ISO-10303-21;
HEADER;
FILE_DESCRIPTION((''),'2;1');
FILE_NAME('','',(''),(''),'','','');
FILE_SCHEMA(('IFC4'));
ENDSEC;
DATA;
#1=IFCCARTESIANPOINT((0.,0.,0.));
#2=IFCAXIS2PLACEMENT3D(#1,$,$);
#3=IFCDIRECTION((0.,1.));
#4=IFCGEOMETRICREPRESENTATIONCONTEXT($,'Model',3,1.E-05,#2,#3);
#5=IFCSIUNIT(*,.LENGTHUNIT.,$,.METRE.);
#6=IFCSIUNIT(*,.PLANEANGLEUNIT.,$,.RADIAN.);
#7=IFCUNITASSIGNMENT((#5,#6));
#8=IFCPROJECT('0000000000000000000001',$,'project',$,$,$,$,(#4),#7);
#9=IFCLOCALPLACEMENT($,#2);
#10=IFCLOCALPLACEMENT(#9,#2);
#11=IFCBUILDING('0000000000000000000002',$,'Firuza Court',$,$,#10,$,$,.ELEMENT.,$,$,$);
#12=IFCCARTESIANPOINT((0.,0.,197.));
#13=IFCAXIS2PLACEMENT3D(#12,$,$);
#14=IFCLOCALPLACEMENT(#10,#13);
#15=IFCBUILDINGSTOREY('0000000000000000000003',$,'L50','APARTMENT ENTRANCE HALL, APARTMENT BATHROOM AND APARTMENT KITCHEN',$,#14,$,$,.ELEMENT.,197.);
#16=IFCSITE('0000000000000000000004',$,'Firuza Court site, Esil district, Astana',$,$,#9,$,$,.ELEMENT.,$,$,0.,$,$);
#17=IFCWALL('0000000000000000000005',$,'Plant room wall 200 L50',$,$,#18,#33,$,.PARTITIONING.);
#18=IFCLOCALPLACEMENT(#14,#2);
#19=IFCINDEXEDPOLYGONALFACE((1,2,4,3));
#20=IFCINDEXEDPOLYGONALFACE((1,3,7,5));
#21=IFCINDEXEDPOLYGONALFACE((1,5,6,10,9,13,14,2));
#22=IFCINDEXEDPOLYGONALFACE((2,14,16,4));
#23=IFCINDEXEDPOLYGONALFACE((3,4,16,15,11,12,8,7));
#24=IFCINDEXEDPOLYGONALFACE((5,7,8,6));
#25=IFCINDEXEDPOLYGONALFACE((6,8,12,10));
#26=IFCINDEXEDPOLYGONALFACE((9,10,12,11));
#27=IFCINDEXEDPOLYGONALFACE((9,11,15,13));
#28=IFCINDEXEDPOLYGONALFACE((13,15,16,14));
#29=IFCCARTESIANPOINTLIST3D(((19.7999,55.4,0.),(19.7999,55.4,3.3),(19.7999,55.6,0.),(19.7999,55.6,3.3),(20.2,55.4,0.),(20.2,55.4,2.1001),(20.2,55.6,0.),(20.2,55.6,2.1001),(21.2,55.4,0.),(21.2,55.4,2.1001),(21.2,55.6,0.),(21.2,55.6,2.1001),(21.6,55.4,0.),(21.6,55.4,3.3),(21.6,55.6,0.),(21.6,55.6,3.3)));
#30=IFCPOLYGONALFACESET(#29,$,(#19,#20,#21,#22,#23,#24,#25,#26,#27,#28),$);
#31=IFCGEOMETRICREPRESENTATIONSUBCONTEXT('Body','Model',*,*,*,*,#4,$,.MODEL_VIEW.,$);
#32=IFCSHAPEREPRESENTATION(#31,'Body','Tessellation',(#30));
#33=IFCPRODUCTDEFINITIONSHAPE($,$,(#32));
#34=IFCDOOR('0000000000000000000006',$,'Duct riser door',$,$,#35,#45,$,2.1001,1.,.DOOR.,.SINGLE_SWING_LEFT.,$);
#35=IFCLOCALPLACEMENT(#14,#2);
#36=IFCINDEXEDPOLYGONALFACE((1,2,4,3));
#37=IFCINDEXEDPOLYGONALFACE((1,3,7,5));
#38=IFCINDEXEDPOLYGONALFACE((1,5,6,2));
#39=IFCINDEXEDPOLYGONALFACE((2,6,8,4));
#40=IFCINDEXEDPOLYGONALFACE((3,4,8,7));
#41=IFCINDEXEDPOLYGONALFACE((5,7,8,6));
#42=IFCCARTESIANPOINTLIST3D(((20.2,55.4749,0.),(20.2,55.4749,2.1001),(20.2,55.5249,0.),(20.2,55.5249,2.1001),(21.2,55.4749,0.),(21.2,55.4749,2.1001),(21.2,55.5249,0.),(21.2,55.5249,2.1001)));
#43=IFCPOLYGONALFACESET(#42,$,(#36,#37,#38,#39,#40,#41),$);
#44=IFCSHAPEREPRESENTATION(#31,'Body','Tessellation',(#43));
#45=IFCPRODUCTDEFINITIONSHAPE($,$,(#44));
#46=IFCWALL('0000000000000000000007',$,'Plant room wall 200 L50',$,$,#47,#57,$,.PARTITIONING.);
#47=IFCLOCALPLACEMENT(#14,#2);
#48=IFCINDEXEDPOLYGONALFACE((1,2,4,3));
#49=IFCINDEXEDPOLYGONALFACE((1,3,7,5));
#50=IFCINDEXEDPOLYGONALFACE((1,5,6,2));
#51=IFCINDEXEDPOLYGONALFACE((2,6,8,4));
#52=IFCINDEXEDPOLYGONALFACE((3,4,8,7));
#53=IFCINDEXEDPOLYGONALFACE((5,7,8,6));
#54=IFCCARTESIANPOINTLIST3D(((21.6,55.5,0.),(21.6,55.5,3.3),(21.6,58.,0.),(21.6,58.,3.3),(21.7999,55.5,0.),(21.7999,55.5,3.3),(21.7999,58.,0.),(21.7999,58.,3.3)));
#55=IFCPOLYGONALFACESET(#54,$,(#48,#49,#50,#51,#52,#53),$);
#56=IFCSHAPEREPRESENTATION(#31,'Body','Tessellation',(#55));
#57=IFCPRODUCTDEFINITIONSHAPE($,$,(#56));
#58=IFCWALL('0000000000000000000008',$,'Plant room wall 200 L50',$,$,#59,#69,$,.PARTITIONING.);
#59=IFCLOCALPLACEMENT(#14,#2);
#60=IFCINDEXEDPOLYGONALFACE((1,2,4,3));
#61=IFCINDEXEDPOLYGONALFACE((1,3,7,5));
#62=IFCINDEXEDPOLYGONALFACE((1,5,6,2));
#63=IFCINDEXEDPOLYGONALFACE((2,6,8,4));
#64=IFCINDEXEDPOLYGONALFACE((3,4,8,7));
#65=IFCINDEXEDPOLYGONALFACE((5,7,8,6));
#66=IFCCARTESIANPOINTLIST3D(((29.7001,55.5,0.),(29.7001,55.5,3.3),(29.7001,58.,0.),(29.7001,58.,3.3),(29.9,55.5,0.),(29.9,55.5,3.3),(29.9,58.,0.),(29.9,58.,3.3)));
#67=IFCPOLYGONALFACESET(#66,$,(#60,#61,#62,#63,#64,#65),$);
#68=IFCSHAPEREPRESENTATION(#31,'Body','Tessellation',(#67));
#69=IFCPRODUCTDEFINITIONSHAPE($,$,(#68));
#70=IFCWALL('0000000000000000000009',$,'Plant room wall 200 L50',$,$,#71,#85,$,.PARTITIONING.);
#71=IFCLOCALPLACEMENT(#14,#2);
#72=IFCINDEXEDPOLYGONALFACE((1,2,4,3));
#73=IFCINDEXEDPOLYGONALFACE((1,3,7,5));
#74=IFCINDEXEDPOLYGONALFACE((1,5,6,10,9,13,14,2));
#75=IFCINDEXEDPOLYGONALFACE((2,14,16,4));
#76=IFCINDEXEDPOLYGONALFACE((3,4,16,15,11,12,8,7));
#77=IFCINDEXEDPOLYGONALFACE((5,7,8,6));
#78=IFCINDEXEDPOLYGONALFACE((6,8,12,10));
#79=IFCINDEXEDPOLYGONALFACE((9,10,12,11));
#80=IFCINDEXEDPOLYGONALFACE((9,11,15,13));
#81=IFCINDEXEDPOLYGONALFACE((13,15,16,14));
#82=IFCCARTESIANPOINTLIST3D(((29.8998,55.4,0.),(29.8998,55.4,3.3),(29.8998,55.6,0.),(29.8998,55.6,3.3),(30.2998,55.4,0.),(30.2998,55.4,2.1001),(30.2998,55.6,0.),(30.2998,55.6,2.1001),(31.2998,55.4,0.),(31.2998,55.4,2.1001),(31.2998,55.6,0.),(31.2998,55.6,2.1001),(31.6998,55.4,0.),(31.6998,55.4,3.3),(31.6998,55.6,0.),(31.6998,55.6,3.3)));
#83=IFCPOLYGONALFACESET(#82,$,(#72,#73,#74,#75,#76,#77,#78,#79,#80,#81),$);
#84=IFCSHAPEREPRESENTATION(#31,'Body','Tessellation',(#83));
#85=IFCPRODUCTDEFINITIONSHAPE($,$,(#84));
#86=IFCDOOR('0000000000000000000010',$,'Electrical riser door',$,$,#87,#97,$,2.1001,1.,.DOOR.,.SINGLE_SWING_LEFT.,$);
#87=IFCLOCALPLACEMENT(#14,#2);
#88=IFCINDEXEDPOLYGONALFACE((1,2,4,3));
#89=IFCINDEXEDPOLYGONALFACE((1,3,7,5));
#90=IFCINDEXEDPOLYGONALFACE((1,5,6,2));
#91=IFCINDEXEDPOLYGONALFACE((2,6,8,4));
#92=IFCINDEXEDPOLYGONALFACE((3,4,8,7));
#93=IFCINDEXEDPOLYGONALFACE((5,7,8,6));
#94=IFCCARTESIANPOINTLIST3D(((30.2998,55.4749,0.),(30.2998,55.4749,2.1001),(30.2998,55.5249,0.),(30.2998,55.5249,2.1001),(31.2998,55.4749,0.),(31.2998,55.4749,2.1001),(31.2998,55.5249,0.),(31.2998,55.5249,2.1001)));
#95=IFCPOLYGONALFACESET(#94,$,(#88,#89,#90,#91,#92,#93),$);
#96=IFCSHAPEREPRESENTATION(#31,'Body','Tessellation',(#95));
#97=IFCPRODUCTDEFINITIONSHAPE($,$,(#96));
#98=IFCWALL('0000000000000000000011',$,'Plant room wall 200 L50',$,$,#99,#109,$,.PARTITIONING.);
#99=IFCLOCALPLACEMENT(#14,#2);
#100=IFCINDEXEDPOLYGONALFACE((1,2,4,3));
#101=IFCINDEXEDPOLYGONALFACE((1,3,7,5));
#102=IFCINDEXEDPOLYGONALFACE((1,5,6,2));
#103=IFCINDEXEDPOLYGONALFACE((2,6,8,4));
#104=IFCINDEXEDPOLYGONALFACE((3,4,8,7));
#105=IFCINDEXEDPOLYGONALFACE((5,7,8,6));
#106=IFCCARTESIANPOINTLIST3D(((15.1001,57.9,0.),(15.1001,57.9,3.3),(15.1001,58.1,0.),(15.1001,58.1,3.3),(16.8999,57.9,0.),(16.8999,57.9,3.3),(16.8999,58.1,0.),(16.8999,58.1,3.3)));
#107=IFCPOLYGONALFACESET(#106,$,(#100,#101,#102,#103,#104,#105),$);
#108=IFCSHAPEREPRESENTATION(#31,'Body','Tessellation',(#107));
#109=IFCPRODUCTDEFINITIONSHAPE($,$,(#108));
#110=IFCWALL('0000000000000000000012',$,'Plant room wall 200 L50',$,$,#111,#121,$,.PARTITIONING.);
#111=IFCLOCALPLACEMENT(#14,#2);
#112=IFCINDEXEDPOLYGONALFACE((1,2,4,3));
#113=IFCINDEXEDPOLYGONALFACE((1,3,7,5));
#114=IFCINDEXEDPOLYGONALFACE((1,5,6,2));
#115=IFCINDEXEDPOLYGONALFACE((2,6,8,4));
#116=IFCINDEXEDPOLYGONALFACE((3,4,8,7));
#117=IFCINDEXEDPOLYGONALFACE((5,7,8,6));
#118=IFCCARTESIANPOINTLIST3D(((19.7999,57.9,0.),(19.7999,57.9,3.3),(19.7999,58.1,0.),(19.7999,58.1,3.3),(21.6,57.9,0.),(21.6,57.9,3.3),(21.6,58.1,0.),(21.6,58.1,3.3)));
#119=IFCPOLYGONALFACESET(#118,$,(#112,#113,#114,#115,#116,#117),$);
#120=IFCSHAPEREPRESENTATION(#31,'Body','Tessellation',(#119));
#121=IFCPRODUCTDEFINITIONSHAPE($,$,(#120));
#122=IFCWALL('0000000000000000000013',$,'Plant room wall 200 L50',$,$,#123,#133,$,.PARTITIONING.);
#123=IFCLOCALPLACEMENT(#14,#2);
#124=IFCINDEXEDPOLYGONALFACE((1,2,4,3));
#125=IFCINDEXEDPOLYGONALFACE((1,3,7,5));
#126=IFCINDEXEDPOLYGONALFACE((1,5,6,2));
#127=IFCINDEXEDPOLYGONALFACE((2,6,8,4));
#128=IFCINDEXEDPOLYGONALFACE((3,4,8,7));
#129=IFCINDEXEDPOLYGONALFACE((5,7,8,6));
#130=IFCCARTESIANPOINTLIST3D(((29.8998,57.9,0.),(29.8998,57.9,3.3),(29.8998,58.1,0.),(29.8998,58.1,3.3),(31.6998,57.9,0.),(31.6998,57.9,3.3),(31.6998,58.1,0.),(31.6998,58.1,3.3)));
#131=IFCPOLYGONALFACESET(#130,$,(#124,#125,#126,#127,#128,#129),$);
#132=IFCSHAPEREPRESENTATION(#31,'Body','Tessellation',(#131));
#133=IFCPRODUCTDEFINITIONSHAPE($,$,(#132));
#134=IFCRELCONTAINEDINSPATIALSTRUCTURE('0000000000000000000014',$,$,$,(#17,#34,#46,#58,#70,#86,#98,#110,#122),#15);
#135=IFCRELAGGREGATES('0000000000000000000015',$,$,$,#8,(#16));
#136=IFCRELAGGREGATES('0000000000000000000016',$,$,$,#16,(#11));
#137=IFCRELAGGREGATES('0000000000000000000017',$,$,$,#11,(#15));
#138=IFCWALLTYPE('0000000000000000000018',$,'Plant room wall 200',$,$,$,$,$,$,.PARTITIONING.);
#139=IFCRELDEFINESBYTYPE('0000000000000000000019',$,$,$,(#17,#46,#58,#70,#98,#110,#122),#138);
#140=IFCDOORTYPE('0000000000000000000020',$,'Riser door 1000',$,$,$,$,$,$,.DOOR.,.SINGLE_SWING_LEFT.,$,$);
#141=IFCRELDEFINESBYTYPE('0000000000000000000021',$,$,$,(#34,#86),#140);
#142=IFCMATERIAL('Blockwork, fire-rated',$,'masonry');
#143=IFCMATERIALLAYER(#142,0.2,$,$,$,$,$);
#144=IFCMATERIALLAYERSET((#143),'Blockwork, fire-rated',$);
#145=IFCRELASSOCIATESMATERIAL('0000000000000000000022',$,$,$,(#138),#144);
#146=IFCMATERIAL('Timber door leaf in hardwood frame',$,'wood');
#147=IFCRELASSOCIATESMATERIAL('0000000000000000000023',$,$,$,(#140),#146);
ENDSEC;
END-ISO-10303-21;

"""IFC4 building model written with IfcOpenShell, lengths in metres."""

from ifc_helpers import new_model, si_unit, direction, frame, frame_2d, origin, place, context, subcontext, project, spatial, rectangle, extrude, material, layer, layer_set, type_object, element, fill, save


model = new_model("IFC4")

# Units and contexts
model_context = context("Model", 3, precision=1e-05, world=origin(), true_north=direction((0.0, 1.0)))
body_context = subcontext(model_context, "Body", "Model", "MODEL_VIEW")
ifc_project = project(units=[si_unit("LENGTHUNIT", "METRE"), si_unit("PLANEANGLEUNIT", "RADIAN")], contexts=[model_context])

# Site, building, storey
site_placement = place(None, origin())
site = spatial("IfcSite", under=ifc_project, at=site_placement, Name="Firuza Court site, Esil district, Astana", CompositionType="ELEMENT", RefElevation=0.0)
building_placement = place(site_placement, origin())
building = spatial("IfcBuilding", under=site, at=building_placement, Name="Firuza Court", CompositionType="ELEMENT")
storey_placement = place(building_placement, frame((0.0, 0.0, 197.0)))
storey = spatial("IfcBuildingStorey", under=building, at=storey_placement, Name="L50", Description="APARTMENT ENTRANCE HALL, APARTMENT BATHROOM AND APARTMENT KITCHEN", CompositionType="ELEMENT", Elevation=197.0)

# Shared definitions
ifc_material_1 = material(Name="Blockwork, fire-rated", Category="masonry")
ifc_layer_1 = layer(ifc_material_1, 0.2)
ifc_layer_set_1 = layer_set([ifc_layer_1], Name="Blockwork, fire-rated")
wall_type_1 = type_object("IfcWallType", Name="Plant room wall 200", PredefinedType="PARTITIONING", material=ifc_layer_set_1)

# Wall, opening, door
wall_1_placement = place(storey_placement, frame((19.8, 55.5, 0.0), z_axis=(0.0, 0.0, 1.0), x_axis=(1.0, 0.0, 0.0)))
wall_1 = element("IfcWall", 1, at=wall_1_placement, inside=storey, type_object=wall_type_1, Name="Plant room wall 200 L50", PredefinedType="PARTITIONING", context=body_context, shape_type="SweptSolid", body=[
    extrude(rectangle(XDim=1.8, YDim=0.2, at=frame_2d((0.8999, 0.0))), origin(), (0.0, 0.0, 1.0), 3.3),
])
opening_1_placement = place(wall_1_placement, frame((0.3999, 0.0, 0.0)))
opening_1 = element("IfcOpeningElement", 2, at=opening_1_placement, cuts=wall_1, PredefinedType="OPENING", context=body_context, shape_type="SweptSolid", body=[
    extrude(rectangle(XDim=1.0, YDim=2.1001, at=frame_2d((0.5, 1.05))), frame((0.0, 0.1118, 0.0), z_axis=(0.0, -1.0, 0.0), x_axis=(1.0, 0.0, 0.0)), (0.0, 0.0, 1.0), 0.2239),
])
ifc_material_2 = material(Name="Timber door leaf in hardwood frame", Category="wood")
door_type = type_object("IfcDoorType", Name="Riser door 1000", OperationType="SINGLE_SWING_LEFT", PredefinedType="DOOR", material=ifc_material_2)
door_1_placement = place(opening_1_placement, origin())
door_1 = element("IfcDoor", 3, at=door_1_placement, inside=storey, type_object=door_type, Name="Duct riser door", OperationType="SINGLE_SWING_LEFT", OverallHeight=2.1001, OverallWidth=1.0, PredefinedType="DOOR", context=body_context, shape_type="SweptSolid", body=[
    extrude(rectangle(XDim=1.0, YDim=2.1001, at=frame_2d((0.5, 1.05))), frame((0.0, 0.0249, 0.0), z_axis=(0.0, -1.0, 0.0), x_axis=(1.0, 0.0, 0.0)), (0.0, 0.0, 1.0), 0.05),
])
fill(opening_1, door_1)

# Walls
for number, where, z_axis, x_axis, name in (
    (4, (21.7, 55.5, 0.0), (0.0, 0.0, 1.0), (0.0, 1.0, 0.0), "Plant room wall 200 L50"),
    (5, (29.8, 55.5, 0.0), (0.0, 0.0, 1.0), (0.0, 1.0, 0.0), "Plant room wall 200 L50"),
):
    element("IfcWall", number, at=place(storey_placement, frame(where, z_axis=z_axis, x_axis=x_axis)), inside=storey, type_object=wall_type_1, Name=name, PredefinedType="PARTITIONING", context=body_context, shape_type="SweptSolid", body=[
        extrude(rectangle(XDim=2.5, YDim=0.2, at=frame_2d((1.25, 0.0))), origin(), (0.0, 0.0, 1.0), 3.3),
    ])

# Wall, opening, door
wall_2_placement = place(storey_placement, frame((29.8999, 55.5, 0.0), z_axis=(0.0, 0.0, 1.0), x_axis=(1.0, 0.0, 0.0)))
wall_2 = element("IfcWall", 6, at=wall_2_placement, inside=storey, type_object=wall_type_1, Name="Plant room wall 200 L50", PredefinedType="PARTITIONING", context=body_context, shape_type="SweptSolid", body=[
    extrude(rectangle(XDim=1.8, YDim=0.2, at=frame_2d((0.8999, 0.0))), origin(), (0.0, 0.0, 1.0), 3.3),
])
opening_2_placement = place(wall_2_placement, frame((0.3999, 0.0, 0.0)))
opening_2 = element("IfcOpeningElement", 7, at=opening_2_placement, cuts=wall_2, PredefinedType="OPENING", context=body_context, shape_type="SweptSolid", body=[
    extrude(rectangle(XDim=1.0, YDim=2.1001, at=frame_2d((0.5, 1.05))), frame((0.0, 0.1118, 0.0), z_axis=(0.0, -1.0, 0.0), x_axis=(1.0, 0.0, 0.0)), (0.0, 0.0, 1.0), 0.2239),
])
door_2_placement = place(opening_2_placement, origin())
door_2 = element("IfcDoor", 8, at=door_2_placement, inside=storey, type_object=door_type, Name="Electrical riser door", OperationType="SINGLE_SWING_LEFT", OverallHeight=2.1001, OverallWidth=1.0, PredefinedType="DOOR", context=body_context, shape_type="SweptSolid", body=[
    extrude(rectangle(XDim=1.0, YDim=2.1001, at=frame_2d((0.5, 1.05))), frame((0.0, 0.0249, 0.0), z_axis=(0.0, -1.0, 0.0), x_axis=(1.0, 0.0, 0.0)), (0.0, 0.0, 1.0), 0.05),
])
fill(opening_2, door_2)

# Walls
wall_3_placement = place(storey_placement, frame((15.1001, 58.0, 0.0), z_axis=(0.0, 0.0, 1.0), x_axis=(1.0, 0.0, 0.0)))
element("IfcWall", 9, at=wall_3_placement, inside=storey, type_object=wall_type_1, Name="Plant room wall 200 L50", PredefinedType="PARTITIONING", context=body_context, shape_type="SweptSolid", body=[
    extrude(rectangle(XDim=1.7998, YDim=0.2, at=frame_2d((0.8999, 0.0))), origin(), (0.0, 0.0, 1.0), 3.3),
])
for number, where, z_axis, x_axis, name in (
    (10, (19.8, 58.0, 0.0), (0.0, 0.0, 1.0), (1.0, 0.0, 0.0), "Plant room wall 200 L50"),
    (11, (29.8999, 58.0, 0.0), (0.0, 0.0, 1.0), (1.0, 0.0, 0.0), "Plant room wall 200 L50"),
):
    element("IfcWall", number, at=place(storey_placement, frame(where, z_axis=z_axis, x_axis=x_axis)), inside=storey, type_object=wall_type_1, Name=name, PredefinedType="PARTITIONING", context=body_context, shape_type="SweptSolid", body=[
        extrude(rectangle(XDim=1.8, YDim=0.2, at=frame_2d((0.8999, 0.0))), origin(), (0.0, 0.0, 1.0), 3.3),
    ])

save(model, "model.ifc")
